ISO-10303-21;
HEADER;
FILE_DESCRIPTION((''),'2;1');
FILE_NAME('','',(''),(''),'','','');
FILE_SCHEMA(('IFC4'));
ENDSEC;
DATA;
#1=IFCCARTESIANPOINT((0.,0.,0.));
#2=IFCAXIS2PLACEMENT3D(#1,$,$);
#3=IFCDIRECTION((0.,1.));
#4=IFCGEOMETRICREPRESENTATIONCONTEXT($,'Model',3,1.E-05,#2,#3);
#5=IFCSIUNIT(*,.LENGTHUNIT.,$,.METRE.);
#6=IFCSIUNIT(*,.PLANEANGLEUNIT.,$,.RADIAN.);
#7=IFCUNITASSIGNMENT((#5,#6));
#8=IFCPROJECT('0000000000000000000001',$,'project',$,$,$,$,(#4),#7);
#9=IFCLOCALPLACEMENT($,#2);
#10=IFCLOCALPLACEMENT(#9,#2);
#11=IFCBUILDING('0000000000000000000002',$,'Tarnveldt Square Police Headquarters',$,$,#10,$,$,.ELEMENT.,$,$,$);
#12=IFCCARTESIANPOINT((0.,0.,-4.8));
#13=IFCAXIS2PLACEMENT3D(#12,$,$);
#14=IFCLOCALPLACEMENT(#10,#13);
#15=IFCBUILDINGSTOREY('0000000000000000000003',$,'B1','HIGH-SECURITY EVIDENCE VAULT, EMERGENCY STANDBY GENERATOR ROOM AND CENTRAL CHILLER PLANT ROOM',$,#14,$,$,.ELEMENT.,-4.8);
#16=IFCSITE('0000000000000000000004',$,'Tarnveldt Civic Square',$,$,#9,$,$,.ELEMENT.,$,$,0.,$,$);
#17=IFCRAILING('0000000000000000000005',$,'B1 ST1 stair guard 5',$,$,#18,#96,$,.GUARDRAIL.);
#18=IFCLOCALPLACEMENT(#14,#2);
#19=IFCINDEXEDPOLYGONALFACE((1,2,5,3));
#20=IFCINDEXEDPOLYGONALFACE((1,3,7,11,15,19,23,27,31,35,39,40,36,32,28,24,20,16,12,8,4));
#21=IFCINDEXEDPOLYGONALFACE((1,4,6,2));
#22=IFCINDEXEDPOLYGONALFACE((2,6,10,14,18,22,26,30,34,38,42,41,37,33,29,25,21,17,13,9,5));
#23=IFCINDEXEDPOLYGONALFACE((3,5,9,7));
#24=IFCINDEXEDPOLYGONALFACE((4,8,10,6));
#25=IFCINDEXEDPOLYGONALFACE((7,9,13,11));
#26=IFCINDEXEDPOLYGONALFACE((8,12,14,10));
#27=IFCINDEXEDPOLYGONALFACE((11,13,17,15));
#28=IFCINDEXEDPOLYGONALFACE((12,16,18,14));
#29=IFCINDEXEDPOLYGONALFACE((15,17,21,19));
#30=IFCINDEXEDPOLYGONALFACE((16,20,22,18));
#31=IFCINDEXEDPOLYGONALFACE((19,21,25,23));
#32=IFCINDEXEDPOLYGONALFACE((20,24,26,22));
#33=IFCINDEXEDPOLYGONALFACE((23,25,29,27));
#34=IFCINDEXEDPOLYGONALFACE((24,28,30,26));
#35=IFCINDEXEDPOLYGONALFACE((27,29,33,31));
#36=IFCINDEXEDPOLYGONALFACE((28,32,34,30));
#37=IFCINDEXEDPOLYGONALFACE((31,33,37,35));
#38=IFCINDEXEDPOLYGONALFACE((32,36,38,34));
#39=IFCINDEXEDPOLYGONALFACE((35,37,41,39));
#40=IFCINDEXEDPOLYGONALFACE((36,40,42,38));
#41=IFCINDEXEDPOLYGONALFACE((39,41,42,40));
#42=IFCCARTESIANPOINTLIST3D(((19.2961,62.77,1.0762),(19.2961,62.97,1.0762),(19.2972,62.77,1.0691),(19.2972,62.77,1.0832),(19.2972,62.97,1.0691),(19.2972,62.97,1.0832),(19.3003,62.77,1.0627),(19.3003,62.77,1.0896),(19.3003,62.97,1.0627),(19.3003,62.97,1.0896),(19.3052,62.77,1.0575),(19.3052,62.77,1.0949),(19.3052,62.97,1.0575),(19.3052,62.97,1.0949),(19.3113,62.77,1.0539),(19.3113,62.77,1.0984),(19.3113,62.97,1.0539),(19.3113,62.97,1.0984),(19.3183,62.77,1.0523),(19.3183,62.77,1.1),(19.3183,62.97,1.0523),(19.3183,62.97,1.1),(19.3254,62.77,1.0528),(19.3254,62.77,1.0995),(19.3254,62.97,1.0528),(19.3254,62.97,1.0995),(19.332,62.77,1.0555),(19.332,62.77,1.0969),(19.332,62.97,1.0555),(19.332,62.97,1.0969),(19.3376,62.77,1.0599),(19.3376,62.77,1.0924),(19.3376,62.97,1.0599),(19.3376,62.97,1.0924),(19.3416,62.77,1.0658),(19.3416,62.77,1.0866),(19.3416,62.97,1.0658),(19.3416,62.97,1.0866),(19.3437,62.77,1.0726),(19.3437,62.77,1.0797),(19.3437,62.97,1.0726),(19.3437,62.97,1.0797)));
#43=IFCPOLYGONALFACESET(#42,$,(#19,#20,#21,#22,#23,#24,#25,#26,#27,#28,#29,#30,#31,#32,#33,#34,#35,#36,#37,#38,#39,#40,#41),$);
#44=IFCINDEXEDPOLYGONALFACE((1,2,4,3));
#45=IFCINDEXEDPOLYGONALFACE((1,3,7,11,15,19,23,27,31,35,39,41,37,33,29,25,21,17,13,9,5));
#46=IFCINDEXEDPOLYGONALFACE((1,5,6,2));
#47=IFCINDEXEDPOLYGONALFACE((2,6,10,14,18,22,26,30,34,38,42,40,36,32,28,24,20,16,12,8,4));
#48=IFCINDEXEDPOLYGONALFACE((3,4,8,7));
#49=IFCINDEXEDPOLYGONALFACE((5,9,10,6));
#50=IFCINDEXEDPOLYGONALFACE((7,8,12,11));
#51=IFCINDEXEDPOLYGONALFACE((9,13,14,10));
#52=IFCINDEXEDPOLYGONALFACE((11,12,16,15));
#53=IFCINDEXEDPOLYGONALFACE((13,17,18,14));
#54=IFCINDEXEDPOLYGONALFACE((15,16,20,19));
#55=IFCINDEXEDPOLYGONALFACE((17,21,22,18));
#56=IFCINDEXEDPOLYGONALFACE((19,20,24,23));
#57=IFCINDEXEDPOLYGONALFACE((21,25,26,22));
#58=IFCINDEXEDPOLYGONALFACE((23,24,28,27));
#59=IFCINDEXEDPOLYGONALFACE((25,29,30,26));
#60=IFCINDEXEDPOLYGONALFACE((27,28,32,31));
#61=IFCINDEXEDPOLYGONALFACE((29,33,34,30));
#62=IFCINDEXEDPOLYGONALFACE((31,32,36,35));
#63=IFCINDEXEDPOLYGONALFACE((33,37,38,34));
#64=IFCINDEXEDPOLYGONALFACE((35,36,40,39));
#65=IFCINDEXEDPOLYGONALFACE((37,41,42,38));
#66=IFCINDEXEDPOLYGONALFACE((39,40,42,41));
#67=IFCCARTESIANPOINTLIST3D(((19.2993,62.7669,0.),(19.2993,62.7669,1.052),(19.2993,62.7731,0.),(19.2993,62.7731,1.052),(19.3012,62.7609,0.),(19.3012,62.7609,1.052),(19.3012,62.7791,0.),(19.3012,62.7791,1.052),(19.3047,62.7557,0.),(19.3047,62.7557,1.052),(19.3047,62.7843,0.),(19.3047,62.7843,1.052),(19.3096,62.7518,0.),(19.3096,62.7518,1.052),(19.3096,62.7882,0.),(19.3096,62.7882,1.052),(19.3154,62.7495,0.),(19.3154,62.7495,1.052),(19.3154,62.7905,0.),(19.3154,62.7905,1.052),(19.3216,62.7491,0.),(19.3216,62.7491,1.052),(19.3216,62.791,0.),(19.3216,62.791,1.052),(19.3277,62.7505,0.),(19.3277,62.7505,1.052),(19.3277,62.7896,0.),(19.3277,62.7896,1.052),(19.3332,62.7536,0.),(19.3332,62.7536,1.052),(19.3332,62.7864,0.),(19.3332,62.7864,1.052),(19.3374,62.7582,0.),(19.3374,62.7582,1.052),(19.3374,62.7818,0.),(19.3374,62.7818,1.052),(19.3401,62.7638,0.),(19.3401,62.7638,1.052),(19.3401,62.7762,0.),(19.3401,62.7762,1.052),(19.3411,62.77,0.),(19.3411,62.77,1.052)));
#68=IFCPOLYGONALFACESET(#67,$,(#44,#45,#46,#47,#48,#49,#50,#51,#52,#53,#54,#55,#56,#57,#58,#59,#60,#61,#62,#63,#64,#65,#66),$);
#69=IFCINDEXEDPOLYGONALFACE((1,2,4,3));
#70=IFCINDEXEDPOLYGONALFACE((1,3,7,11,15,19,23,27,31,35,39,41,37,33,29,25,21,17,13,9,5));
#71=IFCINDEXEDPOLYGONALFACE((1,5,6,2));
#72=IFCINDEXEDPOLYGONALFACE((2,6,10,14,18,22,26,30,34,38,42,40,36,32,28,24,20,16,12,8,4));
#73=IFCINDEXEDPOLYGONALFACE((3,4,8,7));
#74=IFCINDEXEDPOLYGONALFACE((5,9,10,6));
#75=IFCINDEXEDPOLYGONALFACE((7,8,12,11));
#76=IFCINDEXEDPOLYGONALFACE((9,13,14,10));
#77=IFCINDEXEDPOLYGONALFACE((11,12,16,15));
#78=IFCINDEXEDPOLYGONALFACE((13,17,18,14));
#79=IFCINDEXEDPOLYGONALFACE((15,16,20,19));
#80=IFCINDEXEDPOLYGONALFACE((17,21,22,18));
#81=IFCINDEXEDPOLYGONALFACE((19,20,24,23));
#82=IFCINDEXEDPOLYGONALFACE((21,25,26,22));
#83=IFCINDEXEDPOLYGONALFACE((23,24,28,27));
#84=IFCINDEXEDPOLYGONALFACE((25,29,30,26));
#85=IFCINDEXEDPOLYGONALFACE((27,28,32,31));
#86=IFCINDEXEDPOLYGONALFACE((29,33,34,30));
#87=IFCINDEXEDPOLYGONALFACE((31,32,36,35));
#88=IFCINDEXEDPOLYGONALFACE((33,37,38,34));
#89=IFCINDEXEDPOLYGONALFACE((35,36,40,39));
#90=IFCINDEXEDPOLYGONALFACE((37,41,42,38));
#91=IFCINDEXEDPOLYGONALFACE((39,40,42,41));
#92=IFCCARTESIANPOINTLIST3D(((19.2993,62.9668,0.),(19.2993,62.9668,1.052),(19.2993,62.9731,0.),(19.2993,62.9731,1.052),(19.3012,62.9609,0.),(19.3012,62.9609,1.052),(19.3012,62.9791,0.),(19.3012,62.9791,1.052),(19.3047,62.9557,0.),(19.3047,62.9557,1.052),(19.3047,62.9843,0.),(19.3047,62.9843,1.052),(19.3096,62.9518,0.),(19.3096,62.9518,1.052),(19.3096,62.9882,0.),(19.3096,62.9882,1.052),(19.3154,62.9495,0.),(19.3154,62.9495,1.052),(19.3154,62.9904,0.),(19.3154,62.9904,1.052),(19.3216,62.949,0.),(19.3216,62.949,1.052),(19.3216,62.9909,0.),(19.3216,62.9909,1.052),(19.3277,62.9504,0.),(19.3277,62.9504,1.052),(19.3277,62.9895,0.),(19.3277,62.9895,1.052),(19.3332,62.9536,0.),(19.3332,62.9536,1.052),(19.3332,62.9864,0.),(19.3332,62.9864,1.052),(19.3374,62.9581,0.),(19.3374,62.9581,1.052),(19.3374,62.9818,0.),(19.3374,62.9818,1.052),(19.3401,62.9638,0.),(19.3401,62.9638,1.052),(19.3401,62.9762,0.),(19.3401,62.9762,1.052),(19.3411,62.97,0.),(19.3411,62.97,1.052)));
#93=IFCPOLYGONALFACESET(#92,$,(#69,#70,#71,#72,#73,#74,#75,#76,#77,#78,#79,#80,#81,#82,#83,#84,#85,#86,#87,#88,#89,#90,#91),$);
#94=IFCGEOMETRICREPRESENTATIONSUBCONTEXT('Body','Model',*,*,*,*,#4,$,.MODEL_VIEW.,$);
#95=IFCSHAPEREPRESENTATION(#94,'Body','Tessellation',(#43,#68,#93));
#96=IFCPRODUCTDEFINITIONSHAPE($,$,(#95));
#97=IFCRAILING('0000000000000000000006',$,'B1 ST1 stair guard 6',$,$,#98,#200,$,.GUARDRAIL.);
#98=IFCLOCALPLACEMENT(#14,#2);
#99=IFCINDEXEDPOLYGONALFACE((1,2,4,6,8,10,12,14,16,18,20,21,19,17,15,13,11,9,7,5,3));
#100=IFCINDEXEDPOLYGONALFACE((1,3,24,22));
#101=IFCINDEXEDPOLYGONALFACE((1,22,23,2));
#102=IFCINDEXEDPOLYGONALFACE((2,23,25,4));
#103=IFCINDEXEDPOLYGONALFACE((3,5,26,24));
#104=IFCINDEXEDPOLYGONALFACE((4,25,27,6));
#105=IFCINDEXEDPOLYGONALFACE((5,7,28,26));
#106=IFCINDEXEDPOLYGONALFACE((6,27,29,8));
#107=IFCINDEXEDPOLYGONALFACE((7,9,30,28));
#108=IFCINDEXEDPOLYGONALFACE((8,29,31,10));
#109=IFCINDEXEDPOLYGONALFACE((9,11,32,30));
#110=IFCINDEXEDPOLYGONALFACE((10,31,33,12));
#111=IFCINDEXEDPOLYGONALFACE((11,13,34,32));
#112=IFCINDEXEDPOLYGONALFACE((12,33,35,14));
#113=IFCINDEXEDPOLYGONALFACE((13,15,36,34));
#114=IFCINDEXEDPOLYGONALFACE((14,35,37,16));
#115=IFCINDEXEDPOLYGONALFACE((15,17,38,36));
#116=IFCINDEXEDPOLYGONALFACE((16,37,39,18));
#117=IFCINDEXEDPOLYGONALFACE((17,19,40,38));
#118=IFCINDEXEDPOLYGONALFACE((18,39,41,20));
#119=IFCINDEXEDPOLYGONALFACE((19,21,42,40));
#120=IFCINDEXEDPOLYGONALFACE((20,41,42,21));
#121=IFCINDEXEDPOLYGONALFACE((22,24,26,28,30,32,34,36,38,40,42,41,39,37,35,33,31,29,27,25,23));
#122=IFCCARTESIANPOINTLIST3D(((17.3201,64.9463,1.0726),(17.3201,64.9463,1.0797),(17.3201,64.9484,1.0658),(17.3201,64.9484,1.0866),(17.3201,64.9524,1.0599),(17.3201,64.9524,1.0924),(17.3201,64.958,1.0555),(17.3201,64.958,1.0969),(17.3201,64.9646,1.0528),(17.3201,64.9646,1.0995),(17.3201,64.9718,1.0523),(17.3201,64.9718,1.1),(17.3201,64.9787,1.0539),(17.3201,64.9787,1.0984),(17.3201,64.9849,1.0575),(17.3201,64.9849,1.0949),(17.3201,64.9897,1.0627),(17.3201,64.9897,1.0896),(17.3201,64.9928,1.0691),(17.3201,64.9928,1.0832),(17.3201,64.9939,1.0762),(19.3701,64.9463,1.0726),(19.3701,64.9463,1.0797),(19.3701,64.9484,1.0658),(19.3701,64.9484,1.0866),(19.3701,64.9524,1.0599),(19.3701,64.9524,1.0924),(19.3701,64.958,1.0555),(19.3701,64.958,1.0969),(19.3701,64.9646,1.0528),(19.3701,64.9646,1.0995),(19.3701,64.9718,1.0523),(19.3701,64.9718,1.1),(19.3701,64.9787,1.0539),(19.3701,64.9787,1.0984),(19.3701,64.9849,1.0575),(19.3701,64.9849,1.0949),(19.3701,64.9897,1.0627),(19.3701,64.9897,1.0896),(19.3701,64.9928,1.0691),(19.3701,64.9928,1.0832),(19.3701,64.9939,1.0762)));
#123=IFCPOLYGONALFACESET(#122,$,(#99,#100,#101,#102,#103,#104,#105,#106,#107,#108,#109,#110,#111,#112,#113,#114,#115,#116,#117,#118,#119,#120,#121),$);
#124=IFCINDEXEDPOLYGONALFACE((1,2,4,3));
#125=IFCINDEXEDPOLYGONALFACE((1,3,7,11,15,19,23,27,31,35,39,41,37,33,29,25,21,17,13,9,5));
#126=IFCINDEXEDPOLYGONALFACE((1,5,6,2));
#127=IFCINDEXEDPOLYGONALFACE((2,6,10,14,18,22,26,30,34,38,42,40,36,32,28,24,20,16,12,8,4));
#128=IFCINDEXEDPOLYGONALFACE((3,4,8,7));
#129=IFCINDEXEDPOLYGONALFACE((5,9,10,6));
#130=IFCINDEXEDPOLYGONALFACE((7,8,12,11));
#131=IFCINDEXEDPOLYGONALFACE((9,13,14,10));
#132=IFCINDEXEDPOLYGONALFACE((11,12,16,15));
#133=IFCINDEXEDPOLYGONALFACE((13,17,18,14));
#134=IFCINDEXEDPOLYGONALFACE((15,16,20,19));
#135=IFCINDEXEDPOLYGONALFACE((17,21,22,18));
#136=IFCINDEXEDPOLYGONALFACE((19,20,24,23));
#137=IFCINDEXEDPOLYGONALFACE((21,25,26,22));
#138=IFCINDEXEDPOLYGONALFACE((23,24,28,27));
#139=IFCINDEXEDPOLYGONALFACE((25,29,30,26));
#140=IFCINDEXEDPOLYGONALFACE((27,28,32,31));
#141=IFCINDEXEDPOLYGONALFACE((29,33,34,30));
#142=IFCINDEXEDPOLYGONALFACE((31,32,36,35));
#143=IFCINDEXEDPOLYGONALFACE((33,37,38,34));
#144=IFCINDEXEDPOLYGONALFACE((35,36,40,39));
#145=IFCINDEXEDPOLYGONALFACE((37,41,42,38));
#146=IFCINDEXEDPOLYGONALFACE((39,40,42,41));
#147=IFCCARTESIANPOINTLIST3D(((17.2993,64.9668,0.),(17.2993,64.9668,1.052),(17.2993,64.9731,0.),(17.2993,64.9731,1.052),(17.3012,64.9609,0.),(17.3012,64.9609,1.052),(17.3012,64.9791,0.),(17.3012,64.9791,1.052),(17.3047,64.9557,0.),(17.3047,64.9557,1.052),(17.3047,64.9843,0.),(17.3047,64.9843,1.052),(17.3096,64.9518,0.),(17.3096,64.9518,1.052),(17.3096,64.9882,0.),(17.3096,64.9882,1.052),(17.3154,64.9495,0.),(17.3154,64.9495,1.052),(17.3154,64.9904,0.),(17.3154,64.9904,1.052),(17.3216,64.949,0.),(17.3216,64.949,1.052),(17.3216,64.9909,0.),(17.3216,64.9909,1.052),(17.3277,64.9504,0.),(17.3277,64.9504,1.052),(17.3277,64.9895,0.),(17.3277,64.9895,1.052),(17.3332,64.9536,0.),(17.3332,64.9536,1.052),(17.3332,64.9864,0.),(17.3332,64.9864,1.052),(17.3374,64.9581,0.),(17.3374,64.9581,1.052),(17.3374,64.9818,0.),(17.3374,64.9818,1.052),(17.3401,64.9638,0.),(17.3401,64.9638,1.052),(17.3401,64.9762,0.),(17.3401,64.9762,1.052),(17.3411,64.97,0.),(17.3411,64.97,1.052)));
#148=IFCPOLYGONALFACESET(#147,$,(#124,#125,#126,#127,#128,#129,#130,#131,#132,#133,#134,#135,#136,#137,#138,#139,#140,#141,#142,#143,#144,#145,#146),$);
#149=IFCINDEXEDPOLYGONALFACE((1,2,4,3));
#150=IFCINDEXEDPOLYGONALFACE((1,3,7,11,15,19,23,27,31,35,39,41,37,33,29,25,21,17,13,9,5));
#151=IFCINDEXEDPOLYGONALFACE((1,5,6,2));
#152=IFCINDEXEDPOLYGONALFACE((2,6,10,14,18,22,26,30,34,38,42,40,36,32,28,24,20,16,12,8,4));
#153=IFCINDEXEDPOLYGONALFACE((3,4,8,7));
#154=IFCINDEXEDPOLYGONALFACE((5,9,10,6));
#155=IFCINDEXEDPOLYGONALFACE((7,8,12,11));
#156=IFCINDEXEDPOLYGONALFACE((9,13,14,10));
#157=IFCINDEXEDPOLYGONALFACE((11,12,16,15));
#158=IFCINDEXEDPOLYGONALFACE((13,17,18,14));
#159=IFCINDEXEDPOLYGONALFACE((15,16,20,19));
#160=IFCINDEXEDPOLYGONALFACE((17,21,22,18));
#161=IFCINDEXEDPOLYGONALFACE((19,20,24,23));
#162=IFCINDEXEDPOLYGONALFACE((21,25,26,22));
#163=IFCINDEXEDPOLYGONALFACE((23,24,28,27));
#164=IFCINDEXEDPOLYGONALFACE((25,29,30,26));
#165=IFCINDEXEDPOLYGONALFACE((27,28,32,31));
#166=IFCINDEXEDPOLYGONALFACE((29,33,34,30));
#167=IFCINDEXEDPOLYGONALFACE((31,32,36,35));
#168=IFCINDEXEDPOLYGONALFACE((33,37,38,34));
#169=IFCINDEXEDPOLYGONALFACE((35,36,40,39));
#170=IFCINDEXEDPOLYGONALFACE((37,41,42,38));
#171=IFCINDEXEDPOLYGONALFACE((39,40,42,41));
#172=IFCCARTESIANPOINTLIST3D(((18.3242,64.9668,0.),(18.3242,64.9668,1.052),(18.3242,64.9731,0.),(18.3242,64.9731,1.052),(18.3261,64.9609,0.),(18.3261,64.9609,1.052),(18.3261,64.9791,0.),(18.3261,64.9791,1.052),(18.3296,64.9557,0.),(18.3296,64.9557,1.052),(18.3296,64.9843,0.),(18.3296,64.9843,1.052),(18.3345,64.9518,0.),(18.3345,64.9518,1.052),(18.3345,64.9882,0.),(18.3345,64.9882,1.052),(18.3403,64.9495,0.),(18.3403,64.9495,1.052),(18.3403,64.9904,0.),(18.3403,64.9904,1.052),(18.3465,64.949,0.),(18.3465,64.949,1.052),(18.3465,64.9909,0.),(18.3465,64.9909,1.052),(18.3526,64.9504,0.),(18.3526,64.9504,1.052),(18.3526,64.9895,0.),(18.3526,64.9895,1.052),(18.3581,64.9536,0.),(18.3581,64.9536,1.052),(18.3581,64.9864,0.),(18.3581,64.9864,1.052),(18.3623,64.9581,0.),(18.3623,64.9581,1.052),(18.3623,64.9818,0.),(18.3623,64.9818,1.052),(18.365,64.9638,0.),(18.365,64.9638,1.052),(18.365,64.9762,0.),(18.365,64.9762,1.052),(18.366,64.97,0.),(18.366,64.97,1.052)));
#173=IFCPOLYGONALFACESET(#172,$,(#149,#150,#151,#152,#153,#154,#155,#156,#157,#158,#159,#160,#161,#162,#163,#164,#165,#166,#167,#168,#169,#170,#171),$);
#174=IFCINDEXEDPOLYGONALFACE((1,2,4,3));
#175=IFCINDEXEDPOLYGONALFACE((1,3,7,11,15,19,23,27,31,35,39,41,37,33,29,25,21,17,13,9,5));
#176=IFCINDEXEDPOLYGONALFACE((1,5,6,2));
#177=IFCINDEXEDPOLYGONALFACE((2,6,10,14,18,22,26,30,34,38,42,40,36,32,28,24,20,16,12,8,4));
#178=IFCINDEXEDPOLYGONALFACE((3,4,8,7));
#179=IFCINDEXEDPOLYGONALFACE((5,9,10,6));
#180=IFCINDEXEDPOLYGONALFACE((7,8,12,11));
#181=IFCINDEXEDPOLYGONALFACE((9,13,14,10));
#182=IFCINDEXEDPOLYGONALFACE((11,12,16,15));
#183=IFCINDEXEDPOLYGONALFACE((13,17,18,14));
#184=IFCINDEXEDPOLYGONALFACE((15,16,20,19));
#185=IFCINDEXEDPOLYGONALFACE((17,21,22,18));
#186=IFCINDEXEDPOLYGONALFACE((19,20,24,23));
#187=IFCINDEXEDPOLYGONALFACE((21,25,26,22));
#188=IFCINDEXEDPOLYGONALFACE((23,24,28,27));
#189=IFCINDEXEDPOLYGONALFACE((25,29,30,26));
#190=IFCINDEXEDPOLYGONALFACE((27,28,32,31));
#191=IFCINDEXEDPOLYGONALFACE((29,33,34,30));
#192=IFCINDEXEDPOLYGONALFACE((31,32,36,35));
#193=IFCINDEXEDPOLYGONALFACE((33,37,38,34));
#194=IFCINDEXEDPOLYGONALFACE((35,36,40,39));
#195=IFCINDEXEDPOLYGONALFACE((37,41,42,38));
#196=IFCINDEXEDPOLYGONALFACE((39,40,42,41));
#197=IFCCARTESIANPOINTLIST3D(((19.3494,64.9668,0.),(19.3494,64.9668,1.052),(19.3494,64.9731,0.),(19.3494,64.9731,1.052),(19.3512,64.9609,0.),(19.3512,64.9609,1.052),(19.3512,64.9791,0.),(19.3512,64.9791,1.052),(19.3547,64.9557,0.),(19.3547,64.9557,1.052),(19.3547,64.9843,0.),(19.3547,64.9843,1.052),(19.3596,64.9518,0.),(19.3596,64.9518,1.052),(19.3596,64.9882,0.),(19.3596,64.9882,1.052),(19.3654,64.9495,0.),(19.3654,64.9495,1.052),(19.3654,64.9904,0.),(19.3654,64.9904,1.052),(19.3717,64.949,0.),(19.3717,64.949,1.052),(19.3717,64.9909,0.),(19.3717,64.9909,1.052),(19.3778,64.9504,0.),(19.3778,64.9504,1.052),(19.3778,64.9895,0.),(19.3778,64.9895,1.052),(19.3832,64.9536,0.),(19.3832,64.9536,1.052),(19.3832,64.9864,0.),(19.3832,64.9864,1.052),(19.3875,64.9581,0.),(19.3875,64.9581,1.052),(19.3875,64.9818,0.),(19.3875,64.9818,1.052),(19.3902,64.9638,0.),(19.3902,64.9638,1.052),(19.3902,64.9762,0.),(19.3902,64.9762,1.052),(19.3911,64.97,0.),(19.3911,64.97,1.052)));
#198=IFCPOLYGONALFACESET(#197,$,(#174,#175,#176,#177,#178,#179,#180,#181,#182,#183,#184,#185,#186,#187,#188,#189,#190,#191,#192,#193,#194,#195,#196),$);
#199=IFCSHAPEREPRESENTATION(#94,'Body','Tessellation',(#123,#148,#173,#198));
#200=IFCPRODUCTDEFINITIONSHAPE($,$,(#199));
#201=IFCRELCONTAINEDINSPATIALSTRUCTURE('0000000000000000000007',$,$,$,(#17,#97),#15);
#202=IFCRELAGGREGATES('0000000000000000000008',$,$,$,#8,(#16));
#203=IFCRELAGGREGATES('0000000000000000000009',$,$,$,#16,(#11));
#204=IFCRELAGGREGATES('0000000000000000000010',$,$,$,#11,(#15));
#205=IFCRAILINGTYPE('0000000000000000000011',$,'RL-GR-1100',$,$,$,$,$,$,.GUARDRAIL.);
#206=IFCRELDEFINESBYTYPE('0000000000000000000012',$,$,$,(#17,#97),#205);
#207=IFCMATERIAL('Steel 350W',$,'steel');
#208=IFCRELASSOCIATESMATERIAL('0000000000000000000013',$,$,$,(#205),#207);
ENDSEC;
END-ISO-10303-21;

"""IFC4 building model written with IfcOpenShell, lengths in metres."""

from ifc_helpers import new_model, si_unit, direction, frame, origin, origin_2d, place, context, subcontext, project, spatial, circle, extrude, material, type_object, element, save


model = new_model("IFC4")

# Units and contexts
model_context = context("Model", 3, precision=1e-05, world=origin(), true_north=direction((0.0, 1.0)))
body_context = subcontext(model_context, "Body", "Model", "MODEL_VIEW")
ifc_project = project(units=[si_unit("LENGTHUNIT", "METRE"), si_unit("PLANEANGLEUNIT", "RADIAN")], contexts=[model_context])

# Site, building, storey
site_placement = place(None, origin())
site = spatial("IfcSite", under=ifc_project, at=site_placement, Name="Tarnveldt Civic Square", CompositionType="ELEMENT", RefElevation=0.0)
building_placement = place(site_placement, origin())
building = spatial("IfcBuilding", under=site, at=building_placement, Name="Tarnveldt Square Police Headquarters", CompositionType="ELEMENT")
storey_placement = place(building_placement, frame((0.0, 0.0, -4.8)))
storey = spatial("IfcBuildingStorey", under=building, at=storey_placement, Name="B1", Description="HIGH-SECURITY EVIDENCE VAULT, EMERGENCY STANDBY GENERATOR ROOM AND CENTRAL CHILLER PLANT ROOM", CompositionType="ELEMENT", Elevation=-4.8)

# Shared definitions
ifc_material_1 = material(Name="Steel 350W", Category="steel")

# Railings
railing_type_1 = type_object("IfcRailingType", Name="RL-GR-1100", PredefinedType="GUARDRAIL", material=ifc_material_1)
railing_1_placement = place(storey_placement, frame((19.3201, 62.77, 0.0)))
element("IfcRailing", 1, at=railing_1_placement, inside=storey, type_object=railing_type_1, Name="B1 ST1 stair guard 5", PredefinedType="GUARDRAIL", context=body_context, shape_type="SweptSolid", body=[
    extrude(circle(Radius=0.0239, at=origin_2d()), frame((0.0, 0.0, 1.0762), z_axis=(0.0, 1.0, 0.0), x_axis=(-1.0, 0.0, 0.0)), (0.0, 0.0, 1.0), 0.2),
    extrude(circle(Radius=0.021, at=origin_2d()), origin(), (0.0, 0.0, 1.0), 1.052),
    extrude(circle(Radius=0.021, at=origin_2d()), frame((0.0, 0.2, 0.0)), (0.0, 0.0, 1.0), 1.052),
])
railing_2_placement = place(storey_placement, frame((17.3201, 64.97, 0.0)))
element("IfcRailing", 2, at=railing_2_placement, inside=storey, type_object=railing_type_1, Name="B1 ST1 stair guard 6", PredefinedType="GUARDRAIL", context=body_context, shape_type="SweptSolid", body=[
    extrude(circle(Radius=0.0239, at=origin_2d()), frame((0.0, 0.0, 1.0762), z_axis=(1.0, 0.0, 0.0), x_axis=(0.0, 1.0, 0.0)), (0.0, 0.0, 1.0), 2.05),
    extrude(circle(Radius=0.021, at=origin_2d()), origin(), (0.0, 0.0, 1.0), 1.052),
    extrude(circle(Radius=0.021, at=origin_2d()), frame((1.0249, 0.0, 0.0)), (0.0, 0.0, 1.0), 1.052),
    extrude(circle(Radius=0.021, at=origin_2d()), frame((2.05, 0.0, 0.0)), (0.0, 0.0, 1.0), 1.052),
])

save(model, "model.ifc")
